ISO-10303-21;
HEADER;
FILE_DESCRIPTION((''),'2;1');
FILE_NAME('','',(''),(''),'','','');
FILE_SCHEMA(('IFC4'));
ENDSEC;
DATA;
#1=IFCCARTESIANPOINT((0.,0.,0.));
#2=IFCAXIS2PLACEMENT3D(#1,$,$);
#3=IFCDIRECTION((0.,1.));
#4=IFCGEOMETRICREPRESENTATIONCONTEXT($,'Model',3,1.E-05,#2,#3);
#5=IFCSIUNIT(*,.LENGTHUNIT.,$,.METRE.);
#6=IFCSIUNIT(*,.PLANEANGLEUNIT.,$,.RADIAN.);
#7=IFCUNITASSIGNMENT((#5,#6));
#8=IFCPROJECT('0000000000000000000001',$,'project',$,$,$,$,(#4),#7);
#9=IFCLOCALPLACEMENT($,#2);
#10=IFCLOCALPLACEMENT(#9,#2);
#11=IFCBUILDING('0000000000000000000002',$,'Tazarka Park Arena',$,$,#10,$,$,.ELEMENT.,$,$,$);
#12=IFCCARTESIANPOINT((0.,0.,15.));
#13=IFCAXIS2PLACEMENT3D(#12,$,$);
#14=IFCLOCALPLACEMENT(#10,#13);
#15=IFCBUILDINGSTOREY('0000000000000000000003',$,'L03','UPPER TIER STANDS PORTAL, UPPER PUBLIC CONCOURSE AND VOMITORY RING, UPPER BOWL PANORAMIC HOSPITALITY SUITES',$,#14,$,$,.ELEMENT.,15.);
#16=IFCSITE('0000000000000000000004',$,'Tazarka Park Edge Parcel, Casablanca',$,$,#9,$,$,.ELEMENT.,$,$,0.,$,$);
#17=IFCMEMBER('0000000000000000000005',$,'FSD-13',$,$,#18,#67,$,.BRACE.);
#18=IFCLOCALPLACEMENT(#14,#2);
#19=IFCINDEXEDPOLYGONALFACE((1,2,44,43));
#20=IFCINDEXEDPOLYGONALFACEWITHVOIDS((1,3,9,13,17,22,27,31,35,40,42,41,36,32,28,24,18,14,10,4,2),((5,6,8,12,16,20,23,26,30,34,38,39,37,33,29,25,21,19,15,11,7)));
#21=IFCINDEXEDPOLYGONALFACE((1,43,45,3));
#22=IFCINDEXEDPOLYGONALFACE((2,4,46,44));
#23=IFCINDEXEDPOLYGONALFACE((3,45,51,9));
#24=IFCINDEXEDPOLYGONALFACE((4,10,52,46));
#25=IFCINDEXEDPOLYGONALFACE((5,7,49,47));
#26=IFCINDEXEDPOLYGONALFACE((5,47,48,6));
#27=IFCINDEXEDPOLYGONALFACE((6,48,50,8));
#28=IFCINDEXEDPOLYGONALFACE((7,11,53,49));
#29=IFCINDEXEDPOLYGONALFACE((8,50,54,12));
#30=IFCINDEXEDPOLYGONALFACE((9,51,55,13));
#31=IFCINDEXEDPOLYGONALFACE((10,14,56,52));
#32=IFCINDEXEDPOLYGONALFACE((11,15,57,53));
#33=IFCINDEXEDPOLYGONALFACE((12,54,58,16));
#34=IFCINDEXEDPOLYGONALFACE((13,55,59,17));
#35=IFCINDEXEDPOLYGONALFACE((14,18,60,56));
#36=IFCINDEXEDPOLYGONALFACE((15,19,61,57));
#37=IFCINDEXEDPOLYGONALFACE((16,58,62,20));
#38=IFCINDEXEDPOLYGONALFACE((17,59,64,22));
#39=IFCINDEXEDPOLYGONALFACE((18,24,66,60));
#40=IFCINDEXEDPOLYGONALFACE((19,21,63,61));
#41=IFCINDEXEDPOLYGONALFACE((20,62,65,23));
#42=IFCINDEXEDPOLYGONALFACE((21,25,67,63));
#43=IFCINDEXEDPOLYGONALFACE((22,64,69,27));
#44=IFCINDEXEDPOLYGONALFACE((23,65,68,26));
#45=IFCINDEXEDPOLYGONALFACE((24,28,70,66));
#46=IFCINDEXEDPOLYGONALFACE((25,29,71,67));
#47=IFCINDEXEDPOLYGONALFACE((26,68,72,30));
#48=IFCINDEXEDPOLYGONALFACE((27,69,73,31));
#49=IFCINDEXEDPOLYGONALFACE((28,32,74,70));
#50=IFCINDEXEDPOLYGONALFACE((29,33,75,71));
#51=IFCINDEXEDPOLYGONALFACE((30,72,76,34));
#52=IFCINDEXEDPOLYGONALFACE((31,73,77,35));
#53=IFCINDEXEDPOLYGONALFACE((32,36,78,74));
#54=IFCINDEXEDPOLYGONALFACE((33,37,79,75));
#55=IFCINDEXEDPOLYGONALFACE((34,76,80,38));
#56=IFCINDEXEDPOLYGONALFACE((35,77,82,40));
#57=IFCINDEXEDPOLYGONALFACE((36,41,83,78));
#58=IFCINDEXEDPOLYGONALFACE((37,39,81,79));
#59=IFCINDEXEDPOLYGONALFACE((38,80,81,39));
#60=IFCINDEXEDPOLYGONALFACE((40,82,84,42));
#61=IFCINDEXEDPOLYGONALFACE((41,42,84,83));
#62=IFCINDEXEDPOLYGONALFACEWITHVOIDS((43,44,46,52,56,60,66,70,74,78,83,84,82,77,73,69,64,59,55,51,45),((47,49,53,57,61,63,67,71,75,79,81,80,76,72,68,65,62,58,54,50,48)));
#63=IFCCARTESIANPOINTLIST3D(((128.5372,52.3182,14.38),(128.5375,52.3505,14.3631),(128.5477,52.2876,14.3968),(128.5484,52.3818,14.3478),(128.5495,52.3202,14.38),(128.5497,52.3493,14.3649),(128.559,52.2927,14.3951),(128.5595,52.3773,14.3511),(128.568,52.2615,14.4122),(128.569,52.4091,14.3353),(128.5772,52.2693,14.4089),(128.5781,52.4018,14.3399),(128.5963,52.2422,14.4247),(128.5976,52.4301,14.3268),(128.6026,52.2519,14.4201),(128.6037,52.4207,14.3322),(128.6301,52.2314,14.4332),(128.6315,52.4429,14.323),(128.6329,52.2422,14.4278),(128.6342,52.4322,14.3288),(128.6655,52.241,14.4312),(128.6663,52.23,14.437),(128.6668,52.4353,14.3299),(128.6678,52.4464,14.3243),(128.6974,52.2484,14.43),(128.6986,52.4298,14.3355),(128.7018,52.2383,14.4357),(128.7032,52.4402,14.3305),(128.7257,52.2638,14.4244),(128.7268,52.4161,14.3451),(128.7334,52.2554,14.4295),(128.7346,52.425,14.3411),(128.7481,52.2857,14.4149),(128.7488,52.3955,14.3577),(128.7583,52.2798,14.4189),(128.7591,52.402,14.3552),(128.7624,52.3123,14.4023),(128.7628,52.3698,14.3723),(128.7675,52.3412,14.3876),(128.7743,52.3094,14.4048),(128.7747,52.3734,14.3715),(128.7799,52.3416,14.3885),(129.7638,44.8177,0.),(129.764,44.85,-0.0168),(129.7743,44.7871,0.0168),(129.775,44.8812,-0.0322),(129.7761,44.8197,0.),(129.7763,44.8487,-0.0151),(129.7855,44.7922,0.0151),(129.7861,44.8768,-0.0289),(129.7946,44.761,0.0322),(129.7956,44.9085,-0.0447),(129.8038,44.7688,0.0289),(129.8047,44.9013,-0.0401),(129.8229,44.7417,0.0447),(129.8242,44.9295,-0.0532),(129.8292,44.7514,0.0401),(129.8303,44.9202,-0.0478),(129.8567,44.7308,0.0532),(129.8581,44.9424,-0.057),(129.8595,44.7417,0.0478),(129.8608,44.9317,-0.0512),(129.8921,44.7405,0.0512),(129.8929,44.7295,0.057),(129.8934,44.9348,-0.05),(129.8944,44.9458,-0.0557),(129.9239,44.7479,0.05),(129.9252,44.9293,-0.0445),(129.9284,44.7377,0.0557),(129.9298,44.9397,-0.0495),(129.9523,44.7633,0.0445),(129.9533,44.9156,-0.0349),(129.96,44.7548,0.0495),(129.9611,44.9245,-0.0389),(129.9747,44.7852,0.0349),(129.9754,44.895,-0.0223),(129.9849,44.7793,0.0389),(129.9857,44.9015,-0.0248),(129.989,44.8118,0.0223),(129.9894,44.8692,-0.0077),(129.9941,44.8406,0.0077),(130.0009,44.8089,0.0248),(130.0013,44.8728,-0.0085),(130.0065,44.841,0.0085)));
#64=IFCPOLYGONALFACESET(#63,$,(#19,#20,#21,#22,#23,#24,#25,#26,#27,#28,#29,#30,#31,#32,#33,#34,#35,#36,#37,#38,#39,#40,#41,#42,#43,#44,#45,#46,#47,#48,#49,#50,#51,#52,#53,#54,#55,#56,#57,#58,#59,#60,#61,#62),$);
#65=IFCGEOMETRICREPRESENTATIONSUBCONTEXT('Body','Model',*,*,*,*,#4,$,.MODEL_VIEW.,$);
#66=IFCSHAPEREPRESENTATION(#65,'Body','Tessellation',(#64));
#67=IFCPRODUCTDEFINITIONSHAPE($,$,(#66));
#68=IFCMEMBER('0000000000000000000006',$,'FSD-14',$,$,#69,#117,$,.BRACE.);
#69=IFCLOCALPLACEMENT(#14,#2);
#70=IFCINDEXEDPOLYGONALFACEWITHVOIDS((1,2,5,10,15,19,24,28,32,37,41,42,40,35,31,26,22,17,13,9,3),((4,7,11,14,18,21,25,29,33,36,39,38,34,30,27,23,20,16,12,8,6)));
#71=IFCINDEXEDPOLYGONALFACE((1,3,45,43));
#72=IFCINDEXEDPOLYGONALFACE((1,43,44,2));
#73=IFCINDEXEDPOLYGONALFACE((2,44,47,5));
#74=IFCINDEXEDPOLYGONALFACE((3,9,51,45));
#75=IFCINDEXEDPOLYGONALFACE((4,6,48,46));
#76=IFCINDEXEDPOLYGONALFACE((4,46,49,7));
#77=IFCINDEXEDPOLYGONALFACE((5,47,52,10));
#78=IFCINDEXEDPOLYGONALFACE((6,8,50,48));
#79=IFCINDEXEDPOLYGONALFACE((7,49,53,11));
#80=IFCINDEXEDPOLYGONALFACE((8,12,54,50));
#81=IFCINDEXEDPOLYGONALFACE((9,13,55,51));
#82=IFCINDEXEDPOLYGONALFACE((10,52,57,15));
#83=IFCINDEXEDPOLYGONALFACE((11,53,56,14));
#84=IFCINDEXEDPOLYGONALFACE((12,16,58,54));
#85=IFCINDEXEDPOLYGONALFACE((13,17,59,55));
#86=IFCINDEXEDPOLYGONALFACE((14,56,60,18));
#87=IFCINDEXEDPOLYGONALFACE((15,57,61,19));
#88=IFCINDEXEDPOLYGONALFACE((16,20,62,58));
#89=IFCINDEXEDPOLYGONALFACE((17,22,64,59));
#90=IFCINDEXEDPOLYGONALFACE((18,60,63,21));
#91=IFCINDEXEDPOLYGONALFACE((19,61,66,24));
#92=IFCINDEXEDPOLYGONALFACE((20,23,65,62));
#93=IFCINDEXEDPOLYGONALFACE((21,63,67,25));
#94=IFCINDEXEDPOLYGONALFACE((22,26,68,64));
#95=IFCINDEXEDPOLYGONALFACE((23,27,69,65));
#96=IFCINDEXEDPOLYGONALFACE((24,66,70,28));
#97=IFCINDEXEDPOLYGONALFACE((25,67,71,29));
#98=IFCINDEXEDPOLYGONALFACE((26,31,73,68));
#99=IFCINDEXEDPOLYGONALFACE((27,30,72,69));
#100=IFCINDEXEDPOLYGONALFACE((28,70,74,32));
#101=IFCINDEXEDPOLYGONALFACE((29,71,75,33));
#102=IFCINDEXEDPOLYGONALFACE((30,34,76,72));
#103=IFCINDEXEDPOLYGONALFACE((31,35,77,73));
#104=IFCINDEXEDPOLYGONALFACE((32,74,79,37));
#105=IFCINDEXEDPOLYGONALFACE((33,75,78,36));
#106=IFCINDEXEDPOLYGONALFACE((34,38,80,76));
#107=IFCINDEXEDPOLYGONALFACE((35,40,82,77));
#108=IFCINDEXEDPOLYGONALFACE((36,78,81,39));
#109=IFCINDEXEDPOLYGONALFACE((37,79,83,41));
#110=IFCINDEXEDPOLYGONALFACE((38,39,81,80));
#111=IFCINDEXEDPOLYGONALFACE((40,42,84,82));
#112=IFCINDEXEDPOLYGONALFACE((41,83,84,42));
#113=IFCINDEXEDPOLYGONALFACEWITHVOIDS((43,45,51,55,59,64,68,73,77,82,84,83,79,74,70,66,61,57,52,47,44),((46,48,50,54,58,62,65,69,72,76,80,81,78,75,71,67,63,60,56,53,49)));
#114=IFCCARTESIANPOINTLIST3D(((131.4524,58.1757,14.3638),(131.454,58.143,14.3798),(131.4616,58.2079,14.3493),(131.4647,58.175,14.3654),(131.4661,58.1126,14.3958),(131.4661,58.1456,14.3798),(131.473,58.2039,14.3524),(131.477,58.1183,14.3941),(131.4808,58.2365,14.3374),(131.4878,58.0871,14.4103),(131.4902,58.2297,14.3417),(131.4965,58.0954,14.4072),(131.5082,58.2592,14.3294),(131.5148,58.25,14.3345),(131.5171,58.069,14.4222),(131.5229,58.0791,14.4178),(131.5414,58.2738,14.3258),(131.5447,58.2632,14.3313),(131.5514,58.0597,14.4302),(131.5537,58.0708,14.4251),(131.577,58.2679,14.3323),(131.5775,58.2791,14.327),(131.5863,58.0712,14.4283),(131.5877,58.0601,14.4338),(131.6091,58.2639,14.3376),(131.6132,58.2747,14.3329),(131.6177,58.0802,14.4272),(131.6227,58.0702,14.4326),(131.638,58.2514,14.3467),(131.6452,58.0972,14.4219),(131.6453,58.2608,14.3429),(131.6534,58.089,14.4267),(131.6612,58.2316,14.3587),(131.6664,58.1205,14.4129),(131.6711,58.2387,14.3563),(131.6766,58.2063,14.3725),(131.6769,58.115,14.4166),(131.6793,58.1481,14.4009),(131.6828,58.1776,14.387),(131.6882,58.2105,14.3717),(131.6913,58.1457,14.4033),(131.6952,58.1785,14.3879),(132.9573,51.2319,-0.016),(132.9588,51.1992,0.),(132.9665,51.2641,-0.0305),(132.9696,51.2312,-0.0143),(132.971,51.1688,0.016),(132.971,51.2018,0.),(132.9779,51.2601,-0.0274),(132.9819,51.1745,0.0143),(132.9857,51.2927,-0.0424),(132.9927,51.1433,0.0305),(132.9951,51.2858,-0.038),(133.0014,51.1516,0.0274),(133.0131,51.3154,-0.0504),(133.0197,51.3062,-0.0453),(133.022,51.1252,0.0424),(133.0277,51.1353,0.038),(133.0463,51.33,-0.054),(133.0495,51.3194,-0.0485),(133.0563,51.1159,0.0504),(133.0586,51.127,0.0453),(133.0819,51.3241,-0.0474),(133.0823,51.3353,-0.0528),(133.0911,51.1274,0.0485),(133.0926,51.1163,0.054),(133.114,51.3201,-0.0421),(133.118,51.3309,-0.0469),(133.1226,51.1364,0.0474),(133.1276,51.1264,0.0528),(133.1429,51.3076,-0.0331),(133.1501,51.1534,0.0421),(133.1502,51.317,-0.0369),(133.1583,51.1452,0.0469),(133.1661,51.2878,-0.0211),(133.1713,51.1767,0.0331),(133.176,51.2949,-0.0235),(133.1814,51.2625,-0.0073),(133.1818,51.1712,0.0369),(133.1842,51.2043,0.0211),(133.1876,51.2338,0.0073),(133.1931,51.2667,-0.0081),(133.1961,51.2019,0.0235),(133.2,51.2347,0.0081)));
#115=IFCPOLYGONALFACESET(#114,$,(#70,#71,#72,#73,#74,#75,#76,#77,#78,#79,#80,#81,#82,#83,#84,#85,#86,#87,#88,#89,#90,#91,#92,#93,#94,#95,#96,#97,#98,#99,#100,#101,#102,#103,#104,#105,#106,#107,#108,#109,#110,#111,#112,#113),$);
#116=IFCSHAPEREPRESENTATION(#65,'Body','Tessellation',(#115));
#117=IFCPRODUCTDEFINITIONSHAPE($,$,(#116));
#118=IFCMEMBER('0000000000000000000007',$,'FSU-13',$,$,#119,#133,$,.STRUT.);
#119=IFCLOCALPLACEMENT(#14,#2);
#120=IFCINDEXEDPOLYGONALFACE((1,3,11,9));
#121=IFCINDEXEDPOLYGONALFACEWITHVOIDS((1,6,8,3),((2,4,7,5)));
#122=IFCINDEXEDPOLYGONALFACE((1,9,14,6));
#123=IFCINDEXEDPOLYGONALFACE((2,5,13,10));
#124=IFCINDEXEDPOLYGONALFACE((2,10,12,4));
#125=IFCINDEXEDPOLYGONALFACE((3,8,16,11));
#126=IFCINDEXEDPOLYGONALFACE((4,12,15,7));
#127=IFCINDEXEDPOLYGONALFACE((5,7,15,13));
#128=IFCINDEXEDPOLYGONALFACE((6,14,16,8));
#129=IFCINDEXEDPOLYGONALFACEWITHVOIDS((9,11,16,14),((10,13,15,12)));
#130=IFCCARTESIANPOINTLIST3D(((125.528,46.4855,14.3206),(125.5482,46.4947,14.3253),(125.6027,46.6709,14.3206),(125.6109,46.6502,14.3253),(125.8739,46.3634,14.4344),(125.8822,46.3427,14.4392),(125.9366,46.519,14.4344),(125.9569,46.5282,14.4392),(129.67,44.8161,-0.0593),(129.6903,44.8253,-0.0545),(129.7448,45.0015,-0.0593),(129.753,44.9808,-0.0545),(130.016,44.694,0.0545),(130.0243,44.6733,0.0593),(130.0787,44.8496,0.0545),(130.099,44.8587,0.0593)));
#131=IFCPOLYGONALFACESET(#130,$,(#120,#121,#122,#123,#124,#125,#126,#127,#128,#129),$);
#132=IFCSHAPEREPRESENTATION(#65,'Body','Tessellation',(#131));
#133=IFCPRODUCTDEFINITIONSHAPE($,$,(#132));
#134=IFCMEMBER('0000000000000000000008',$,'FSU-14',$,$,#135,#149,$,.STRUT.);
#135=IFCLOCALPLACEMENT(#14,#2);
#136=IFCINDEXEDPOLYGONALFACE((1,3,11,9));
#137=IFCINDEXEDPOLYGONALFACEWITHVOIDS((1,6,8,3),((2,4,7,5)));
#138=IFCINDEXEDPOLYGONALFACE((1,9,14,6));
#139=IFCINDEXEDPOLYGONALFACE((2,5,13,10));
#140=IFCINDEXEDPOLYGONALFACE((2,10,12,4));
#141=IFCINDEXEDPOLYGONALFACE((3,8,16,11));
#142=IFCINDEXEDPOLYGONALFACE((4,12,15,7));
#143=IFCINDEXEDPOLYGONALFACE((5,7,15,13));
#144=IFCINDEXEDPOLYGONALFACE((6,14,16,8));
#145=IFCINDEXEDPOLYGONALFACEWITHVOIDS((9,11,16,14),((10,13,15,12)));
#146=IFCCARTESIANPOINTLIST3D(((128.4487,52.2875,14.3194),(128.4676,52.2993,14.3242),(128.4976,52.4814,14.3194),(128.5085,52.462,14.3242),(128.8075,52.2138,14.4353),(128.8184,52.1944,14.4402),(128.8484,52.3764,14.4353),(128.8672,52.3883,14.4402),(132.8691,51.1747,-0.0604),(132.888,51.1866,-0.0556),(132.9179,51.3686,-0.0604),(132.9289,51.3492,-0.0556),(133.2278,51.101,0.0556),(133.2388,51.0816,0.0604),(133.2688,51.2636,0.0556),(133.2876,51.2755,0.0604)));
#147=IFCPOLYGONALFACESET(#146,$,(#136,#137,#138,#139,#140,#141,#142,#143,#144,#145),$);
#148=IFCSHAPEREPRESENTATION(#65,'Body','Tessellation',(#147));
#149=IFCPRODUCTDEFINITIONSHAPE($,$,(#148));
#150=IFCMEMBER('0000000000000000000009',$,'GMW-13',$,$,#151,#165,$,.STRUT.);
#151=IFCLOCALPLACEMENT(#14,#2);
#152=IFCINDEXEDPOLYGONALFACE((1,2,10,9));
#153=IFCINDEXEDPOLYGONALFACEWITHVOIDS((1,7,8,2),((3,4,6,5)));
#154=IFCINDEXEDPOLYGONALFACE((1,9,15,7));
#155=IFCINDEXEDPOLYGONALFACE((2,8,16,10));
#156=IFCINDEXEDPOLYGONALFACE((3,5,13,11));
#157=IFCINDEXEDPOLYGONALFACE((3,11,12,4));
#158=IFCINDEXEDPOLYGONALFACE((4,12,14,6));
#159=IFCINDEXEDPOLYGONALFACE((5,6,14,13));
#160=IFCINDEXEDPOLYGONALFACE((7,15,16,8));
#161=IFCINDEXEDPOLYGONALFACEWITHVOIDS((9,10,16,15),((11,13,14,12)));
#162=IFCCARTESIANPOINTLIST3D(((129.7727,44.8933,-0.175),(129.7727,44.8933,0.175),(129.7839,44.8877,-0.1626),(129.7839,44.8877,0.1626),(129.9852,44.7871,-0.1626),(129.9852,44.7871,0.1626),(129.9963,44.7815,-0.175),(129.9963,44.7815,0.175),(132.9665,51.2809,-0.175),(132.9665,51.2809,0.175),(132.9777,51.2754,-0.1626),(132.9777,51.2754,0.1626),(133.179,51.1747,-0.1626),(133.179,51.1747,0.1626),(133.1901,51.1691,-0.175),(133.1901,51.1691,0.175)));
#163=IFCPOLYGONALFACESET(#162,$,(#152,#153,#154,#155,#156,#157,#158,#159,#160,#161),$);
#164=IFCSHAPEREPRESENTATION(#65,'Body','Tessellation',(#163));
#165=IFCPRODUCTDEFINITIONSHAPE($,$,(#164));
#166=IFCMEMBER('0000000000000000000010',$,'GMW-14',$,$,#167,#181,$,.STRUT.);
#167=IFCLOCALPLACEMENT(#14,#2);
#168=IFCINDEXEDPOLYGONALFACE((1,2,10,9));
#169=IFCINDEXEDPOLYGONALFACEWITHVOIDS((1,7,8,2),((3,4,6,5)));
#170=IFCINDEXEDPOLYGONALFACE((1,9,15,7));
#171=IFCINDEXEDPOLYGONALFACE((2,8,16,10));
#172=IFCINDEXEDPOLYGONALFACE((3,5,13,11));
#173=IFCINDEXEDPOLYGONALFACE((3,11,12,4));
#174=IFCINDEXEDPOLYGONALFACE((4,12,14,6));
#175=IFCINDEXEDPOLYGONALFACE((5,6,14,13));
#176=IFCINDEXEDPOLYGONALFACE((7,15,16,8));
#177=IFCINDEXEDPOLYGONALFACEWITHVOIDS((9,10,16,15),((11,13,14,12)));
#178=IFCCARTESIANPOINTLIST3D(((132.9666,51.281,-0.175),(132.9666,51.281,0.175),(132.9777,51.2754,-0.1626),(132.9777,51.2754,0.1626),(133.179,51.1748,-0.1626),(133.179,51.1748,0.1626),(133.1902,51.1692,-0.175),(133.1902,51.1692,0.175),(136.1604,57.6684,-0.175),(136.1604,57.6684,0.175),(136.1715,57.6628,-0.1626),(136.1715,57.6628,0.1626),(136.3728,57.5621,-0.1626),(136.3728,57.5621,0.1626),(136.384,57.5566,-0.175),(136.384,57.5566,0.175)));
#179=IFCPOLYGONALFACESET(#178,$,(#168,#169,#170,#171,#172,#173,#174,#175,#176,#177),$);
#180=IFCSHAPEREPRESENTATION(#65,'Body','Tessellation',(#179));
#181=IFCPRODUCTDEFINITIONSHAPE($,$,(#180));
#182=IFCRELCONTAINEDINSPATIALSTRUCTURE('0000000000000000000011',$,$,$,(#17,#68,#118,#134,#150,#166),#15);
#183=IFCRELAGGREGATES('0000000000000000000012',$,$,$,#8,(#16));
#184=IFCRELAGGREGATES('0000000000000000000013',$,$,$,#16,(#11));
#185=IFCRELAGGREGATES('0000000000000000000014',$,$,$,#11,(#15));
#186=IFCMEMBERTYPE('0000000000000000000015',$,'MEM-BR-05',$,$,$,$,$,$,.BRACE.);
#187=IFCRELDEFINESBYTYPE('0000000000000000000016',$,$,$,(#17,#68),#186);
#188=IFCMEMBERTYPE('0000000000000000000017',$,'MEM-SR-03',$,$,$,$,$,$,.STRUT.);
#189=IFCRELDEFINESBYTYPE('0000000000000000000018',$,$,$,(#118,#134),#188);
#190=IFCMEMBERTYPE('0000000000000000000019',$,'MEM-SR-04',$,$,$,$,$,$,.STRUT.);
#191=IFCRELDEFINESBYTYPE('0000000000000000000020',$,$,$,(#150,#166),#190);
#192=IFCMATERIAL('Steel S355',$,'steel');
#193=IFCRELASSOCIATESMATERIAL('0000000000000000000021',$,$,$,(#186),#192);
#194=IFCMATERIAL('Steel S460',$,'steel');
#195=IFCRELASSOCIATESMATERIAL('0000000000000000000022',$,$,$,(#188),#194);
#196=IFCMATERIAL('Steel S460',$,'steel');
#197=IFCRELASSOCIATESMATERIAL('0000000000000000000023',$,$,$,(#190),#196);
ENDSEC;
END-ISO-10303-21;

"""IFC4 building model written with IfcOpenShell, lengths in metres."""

from ifc_helpers import new_model, si_unit, direction, frame, origin, origin_2d, place, context, subcontext, project, spatial, hollow_rectangle, hollow_circle, extrude, material, material_profile, profile_set, type_object, element, save


model = new_model("IFC4")

# Units and contexts
model_context = context("Model", 3, precision=1e-05, world=origin(), true_north=direction((0.0, 1.0)))
body_context = subcontext(model_context, "Body", "Model", "MODEL_VIEW")
ifc_project = project(units=[si_unit("LENGTHUNIT", "METRE"), si_unit("PLANEANGLEUNIT", "RADIAN")], contexts=[model_context])

# Site, building, storey
site_placement = place(None, origin())
site = spatial("IfcSite", under=ifc_project, at=site_placement, Name="Tazarka Park Edge Parcel, Casablanca", CompositionType="ELEMENT", RefElevation=0.0)
building_placement = place(site_placement, origin())
building = spatial("IfcBuilding", under=site, at=building_placement, Name="Tazarka Park Arena", CompositionType="ELEMENT")
storey_placement = place(building_placement, frame((0.0, 0.0, 15.0)))
storey = spatial("IfcBuildingStorey", under=building, at=storey_placement, Name="L03", Description="UPPER TIER STANDS PORTAL, UPPER PUBLIC CONCOURSE AND VOMITORY RING, UPPER BOWL PANORAMIC HOSPITALITY SUITES", CompositionType="ELEMENT", Elevation=15.0)

# Members
ifc_material_1 = material(Name="Steel S355", Category="steel")
ifc_material_profile_1 = material_profile(ifc_material_1, hollow_circle(Radius=0.1223, WallThickness=0.0125, at=origin_2d()), Name="Steel S355")
ifc_profile_set_1 = profile_set([ifc_material_profile_1], Name="Steel S355")
member_type_1 = type_object("IfcMemberType", Name="MEM-BR-05", PredefinedType="BRACE", material=ifc_profile_set_1)
member_1_placement = place(storey_placement, frame((129.8845, 44.8374, 0.0), z_axis=(-0.075412, 0.461149, 0.884112), x_axis=(-0.986891, -0.161387, 0.0)))
element("IfcMember", 1, at=member_1_placement, inside=storey, type_object=member_type_1, Name="FSD-13", PredefinedType="BRACE", context=body_context, shape_type="SweptSolid", body=[
    extrude(hollow_circle(Radius=0.1223, WallThickness=0.0125, at=origin_2d()), origin(), (0.0, 0.0, 1.0), 16.2649),
])
member_2_placement = place(storey_placement, frame((133.0784, 51.2251, 0.0), z_axis=(-0.093824, 0.432924, 0.896534), x_axis=(-0.977312, -0.211805, 0.0)))
element("IfcMember", 2, at=member_2_placement, inside=storey, type_object=member_type_1, Name="FSD-14", PredefinedType="BRACE", context=body_context, shape_type="SweptSolid", body=[
    extrude(hollow_circle(Radius=0.1223, WallThickness=0.0125, at=origin_2d()), origin(), (0.0, 0.0, 1.0), 16.0393),
])
ifc_material_2 = material(Name="Steel S460", Category="steel")
ifc_material_profile_2 = material_profile(ifc_material_2, hollow_rectangle(XDim=0.2, YDim=0.3999, WallThickness=0.0161, at=origin_2d()), Name="Steel S460")
ifc_profile_set_2 = profile_set([ifc_material_profile_2], Name="Steel S460")
member_type_2 = type_object("IfcMemberType", Name="MEM-SR-03", PredefinedType="STRUT", material=ifc_profile_set_2)
member_3_placement = place(storey_placement, frame((129.8845, 44.8374, 0.0), z_axis=(-0.275087, 0.110871, 0.955005), x_axis=(-0.373821, -0.927501, 0.0)))
element("IfcMember", 3, at=member_3_placement, inside=storey, type_object=member_type_2, Name="FSU-13", PredefinedType="STRUT", context=body_context, shape_type="SweptSolid", body=[
    extrude(hollow_rectangle(XDim=0.2, YDim=0.3999, WallThickness=0.0161, at=origin_2d()), origin(), (0.0, 0.0, 1.0), 15.0574),
])
member_4_placement = place(storey_placement, frame((133.0784, 51.2251, 0.0), z_axis=(-0.293032, 0.073768, 0.953253), x_axis=(-0.244123, -0.969744, 0.0)))
element("IfcMember", 4, at=member_4_placement, inside=storey, type_object=member_type_2, Name="FSU-14", PredefinedType="STRUT", context=body_context, shape_type="SweptSolid", body=[
    extrude(hollow_rectangle(XDim=0.2, YDim=0.3999, WallThickness=0.0161, at=origin_2d()), origin(), (0.0, 0.0, 1.0), 15.085),
])
ifc_material_3 = material(Name="Steel S460", Category="steel")
ifc_material_profile_3 = material_profile(ifc_material_3, hollow_rectangle(XDim=0.25, YDim=0.3501, WallThickness=0.0125, at=origin_2d()), Name="Steel S460")
ifc_profile_set_3 = profile_set([ifc_material_profile_3], Name="Steel S460")
member_type_3 = type_object("IfcMemberType", Name="MEM-SR-04", PredefinedType="STRUT", material=ifc_profile_set_3)
member_5_placement = place(storey_placement, frame((129.8845, 44.8374, 0.0), z_axis=(0.447214, 0.894427, 0.0), x_axis=(-0.894427, 0.447214, 0.0)))
element("IfcMember", 5, at=member_5_placement, inside=storey, type_object=member_type_3, Name="GMW-13", PredefinedType="STRUT", context=body_context, shape_type="SweptSolid", body=[
    extrude(hollow_rectangle(XDim=0.25, YDim=0.3501, WallThickness=0.0125, at=origin_2d()), origin(), (0.0, 0.0, 1.0), 7.1416),
])
member_6_placement = place(storey_placement, frame((133.0784, 51.2251, 0.0), z_axis=(0.447227, 0.89442, 0.0), x_axis=(-0.89442, 0.447227, 0.0)))
element("IfcMember", 6, at=member_6_placement, inside=storey, type_object=member_type_3, Name="GMW-14", PredefinedType="STRUT", context=body_context, shape_type="SweptSolid", body=[
    extrude(hollow_rectangle(XDim=0.25, YDim=0.3501, WallThickness=0.0125, at=origin_2d()), origin(), (0.0, 0.0, 1.0), 7.1414),
])

save(model, "model.ifc")
